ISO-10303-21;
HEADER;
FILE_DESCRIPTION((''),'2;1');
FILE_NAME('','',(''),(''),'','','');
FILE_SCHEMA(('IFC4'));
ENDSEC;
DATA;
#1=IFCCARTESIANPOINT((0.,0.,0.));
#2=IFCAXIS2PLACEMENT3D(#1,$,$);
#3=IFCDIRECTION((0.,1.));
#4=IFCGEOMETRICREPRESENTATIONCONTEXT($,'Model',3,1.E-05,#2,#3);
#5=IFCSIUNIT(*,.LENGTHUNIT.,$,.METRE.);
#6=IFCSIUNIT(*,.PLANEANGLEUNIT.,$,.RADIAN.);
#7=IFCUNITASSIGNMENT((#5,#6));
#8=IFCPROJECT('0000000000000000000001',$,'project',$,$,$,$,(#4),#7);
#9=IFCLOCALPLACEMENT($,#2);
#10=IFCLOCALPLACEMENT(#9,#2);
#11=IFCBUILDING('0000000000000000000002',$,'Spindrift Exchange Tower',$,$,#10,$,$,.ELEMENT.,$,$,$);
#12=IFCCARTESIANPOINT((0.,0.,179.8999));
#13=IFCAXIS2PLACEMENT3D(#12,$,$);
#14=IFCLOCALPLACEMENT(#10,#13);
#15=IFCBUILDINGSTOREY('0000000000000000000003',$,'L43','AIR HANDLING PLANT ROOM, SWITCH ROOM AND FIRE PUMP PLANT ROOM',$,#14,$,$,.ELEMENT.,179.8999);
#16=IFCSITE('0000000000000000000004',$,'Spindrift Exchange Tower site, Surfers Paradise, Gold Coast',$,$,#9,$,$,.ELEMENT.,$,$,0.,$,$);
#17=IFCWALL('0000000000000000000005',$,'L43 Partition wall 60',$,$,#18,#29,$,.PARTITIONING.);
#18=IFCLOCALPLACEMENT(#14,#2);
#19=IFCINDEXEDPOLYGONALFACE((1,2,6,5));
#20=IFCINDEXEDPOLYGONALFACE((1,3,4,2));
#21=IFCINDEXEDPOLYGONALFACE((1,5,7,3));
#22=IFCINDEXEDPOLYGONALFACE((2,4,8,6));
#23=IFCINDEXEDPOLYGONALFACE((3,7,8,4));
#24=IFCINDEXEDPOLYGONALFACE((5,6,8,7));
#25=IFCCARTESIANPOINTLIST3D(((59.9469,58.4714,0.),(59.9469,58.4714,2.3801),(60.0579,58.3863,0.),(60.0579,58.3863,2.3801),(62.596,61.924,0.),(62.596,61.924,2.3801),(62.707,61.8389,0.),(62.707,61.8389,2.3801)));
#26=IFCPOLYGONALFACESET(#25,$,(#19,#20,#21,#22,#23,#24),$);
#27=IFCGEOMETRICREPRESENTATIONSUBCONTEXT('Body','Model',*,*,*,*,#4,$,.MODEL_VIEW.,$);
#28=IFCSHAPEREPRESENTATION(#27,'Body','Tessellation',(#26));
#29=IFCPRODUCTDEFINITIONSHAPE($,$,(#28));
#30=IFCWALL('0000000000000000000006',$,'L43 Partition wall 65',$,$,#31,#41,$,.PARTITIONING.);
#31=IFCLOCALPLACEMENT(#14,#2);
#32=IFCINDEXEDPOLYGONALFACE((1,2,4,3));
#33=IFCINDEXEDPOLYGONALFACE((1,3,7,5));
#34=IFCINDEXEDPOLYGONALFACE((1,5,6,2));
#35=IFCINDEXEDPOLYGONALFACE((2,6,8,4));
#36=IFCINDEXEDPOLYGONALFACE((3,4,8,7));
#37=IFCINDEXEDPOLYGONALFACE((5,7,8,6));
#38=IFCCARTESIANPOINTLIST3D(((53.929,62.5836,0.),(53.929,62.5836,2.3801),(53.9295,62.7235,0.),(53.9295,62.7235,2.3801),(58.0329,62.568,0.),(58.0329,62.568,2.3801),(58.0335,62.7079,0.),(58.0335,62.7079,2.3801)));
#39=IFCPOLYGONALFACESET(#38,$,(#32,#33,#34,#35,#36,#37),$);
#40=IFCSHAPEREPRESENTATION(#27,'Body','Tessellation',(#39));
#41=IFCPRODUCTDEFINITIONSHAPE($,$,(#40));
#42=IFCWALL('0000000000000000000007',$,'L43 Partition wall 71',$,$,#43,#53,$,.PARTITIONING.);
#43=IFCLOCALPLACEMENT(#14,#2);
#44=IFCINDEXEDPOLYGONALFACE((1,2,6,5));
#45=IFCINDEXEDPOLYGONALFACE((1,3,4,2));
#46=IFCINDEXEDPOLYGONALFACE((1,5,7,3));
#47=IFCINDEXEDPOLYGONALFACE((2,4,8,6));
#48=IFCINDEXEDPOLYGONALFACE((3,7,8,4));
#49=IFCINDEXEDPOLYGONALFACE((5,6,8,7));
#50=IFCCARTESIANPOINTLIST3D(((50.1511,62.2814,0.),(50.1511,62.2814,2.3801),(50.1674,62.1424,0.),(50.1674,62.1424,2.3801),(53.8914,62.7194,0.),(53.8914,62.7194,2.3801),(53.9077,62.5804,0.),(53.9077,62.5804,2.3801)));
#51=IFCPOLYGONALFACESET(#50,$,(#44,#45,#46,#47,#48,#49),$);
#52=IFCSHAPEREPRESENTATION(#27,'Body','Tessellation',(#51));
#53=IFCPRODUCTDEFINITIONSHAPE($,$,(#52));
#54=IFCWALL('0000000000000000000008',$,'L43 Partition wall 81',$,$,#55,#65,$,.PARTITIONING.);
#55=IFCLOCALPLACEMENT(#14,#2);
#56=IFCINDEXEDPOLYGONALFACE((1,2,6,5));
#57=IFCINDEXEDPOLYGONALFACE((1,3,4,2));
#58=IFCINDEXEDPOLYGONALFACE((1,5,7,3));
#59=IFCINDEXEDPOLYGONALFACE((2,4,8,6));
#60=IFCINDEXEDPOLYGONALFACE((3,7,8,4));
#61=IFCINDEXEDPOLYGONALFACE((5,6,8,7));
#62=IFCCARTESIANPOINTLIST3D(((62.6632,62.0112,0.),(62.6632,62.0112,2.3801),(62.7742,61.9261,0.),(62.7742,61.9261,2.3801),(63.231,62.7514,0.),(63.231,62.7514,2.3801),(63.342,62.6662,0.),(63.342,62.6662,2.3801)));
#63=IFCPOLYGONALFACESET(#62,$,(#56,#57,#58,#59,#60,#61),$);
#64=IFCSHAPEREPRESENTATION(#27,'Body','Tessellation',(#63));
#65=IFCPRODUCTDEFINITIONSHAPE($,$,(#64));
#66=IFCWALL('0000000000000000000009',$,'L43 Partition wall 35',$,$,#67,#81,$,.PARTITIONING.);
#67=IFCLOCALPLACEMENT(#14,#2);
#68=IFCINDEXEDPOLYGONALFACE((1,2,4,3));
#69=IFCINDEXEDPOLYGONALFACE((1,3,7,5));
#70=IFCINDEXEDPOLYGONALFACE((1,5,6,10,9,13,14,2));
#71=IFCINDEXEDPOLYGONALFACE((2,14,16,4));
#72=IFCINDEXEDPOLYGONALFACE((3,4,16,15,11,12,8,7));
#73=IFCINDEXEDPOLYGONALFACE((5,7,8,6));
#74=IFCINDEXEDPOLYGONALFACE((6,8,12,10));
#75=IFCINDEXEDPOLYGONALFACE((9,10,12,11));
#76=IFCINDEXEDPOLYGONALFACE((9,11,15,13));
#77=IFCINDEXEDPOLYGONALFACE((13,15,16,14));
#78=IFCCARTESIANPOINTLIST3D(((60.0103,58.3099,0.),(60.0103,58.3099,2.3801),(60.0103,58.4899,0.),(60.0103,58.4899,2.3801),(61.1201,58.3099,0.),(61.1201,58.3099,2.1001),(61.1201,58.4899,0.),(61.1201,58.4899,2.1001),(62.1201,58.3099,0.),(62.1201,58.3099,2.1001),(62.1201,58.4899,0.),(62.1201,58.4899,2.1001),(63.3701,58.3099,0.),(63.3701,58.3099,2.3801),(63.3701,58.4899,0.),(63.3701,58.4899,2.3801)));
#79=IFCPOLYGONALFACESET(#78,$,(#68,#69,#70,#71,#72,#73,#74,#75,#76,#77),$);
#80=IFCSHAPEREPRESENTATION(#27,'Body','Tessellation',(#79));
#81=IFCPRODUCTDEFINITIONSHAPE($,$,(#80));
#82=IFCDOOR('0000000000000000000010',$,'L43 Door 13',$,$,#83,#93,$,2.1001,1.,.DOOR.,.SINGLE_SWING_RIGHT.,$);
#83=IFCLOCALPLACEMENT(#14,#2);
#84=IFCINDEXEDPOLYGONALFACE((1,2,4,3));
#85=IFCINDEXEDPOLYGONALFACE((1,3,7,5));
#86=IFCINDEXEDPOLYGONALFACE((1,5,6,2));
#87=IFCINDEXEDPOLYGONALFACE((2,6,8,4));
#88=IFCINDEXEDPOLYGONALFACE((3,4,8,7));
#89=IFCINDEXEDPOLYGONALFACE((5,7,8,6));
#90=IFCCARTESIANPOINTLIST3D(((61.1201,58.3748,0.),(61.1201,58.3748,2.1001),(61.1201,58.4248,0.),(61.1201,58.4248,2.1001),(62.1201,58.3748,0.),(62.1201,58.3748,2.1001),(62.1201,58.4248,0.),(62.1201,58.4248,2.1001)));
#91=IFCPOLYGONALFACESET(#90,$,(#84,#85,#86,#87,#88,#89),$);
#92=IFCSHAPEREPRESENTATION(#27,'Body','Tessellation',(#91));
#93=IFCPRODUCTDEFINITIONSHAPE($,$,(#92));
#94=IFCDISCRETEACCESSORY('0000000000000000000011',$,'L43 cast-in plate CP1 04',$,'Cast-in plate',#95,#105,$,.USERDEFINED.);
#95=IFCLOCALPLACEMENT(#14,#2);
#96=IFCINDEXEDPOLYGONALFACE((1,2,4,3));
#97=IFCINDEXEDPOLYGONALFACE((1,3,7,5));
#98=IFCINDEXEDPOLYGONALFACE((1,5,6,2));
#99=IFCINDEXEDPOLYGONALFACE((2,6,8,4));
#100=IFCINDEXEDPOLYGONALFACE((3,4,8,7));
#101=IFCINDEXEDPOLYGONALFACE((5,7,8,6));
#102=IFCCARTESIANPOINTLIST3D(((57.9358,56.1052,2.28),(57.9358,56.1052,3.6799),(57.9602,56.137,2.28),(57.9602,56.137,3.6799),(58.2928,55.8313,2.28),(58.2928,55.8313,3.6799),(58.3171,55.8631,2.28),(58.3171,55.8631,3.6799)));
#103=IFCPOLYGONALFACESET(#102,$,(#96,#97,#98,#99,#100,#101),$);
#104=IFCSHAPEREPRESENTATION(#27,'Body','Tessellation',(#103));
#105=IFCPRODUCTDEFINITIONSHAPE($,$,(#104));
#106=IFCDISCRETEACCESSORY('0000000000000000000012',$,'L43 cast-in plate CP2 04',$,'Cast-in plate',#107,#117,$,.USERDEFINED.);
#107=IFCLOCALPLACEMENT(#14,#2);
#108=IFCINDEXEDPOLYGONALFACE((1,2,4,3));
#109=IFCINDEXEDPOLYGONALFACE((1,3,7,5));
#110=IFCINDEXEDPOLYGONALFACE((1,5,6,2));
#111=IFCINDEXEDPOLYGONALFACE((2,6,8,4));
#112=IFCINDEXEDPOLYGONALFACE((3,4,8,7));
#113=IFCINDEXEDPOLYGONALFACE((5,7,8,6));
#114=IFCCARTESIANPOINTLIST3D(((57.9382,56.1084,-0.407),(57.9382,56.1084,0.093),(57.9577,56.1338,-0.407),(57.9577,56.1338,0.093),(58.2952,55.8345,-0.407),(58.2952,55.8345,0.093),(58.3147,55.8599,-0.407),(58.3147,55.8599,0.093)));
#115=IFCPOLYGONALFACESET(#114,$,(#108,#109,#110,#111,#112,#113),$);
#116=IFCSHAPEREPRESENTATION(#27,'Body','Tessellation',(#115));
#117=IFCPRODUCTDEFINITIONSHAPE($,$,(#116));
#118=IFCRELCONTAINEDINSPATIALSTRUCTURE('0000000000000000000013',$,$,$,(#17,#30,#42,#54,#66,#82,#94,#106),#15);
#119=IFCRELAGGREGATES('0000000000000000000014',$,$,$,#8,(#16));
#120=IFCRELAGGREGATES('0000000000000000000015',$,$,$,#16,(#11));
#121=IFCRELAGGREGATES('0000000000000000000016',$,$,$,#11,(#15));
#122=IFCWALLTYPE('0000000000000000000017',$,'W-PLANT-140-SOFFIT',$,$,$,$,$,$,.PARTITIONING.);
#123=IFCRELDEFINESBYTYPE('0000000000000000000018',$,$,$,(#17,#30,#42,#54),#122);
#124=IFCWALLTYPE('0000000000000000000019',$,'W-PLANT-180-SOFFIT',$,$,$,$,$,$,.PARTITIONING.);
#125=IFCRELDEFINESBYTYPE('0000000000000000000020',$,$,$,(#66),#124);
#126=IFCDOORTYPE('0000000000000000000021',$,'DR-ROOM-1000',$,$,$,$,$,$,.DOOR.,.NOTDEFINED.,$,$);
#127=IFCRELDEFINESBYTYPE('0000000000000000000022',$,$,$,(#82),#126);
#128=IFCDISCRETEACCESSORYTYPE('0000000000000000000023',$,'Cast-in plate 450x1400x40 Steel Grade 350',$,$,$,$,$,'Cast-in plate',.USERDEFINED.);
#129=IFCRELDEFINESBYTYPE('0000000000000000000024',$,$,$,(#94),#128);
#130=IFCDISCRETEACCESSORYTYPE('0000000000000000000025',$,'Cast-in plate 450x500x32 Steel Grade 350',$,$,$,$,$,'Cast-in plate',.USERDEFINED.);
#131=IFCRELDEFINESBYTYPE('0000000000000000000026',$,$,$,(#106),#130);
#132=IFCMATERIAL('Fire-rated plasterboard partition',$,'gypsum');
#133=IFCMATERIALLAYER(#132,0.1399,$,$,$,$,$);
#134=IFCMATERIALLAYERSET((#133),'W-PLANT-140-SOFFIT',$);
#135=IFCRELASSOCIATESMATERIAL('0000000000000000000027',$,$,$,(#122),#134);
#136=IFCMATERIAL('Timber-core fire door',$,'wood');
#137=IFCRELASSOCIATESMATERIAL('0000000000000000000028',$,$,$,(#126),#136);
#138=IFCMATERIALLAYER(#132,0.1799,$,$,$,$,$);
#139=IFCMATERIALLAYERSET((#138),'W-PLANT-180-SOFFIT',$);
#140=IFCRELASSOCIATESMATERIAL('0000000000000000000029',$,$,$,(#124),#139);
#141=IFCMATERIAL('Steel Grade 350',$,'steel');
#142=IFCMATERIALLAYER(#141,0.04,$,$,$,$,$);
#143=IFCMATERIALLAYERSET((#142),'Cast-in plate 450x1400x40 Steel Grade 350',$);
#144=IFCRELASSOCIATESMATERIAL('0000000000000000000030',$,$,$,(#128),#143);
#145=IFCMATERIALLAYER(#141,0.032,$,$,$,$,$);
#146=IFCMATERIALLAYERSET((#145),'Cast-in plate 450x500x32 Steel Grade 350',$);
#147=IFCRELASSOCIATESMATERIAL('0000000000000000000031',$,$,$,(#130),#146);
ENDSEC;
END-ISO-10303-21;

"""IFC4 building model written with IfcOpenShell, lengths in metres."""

from ifc_helpers import new_model, si_unit, direction, frame, frame_2d, origin, origin_2d, place, context, subcontext, project, spatial, rectangle, extrude, source, transform, mapped, material, layer, layer_set, type_object, element, fill, save


model = new_model("IFC4")

# Units and contexts
model_context = context("Model", 3, precision=1e-05, world=origin(), true_north=direction((0.0, 1.0)))
body_context = subcontext(model_context, "Body", "Model", "MODEL_VIEW")
ifc_project = project(units=[si_unit("LENGTHUNIT", "METRE"), si_unit("PLANEANGLEUNIT", "RADIAN")], contexts=[model_context])

# Site, building, storey
site_placement = place(None, origin())
site = spatial("IfcSite", under=ifc_project, at=site_placement, Name="Spindrift Exchange Tower site, Surfers Paradise, Gold Coast", CompositionType="ELEMENT", RefElevation=0.0)
building_placement = place(site_placement, origin())
building = spatial("IfcBuilding", under=site, at=building_placement, Name="Spindrift Exchange Tower", CompositionType="ELEMENT")
storey_placement = place(building_placement, frame((0.0, 0.0, 179.8999)))
storey = spatial("IfcBuildingStorey", under=building, at=storey_placement, Name="L43", Description="AIR HANDLING PLANT ROOM, SWITCH ROOM AND FIRE PUMP PLANT ROOM", CompositionType="ELEMENT", Elevation=179.8999)

# Shared definitions
ifc_material_1 = material(Name="Fire-rated plasterboard partition", Category="gypsum")

# Shared definitions
ifc_layer_1 = layer(ifc_material_1, 0.1399)
ifc_layer_set_1 = layer_set([ifc_layer_1], Name="W-PLANT-140-SOFFIT")
wall_type_1 = type_object("IfcWallType", Name="W-PLANT-140-SOFFIT", PredefinedType="PARTITIONING", material=ifc_layer_set_1)

# Shared definitions
ifc_material_2 = material(Name="Timber-core fire door", Category="wood")
door_type_1 = type_object("IfcDoorType", Name="DR-ROOM-1000", OperationType="NOTDEFINED", PredefinedType="DOOR", material=ifc_material_2)
shared_shape_1 = source(origin(), body_context, "Body", "SweptSolid", [
    extrude(rectangle(XDim=1.0, YDim=2.1001, at=frame_2d((0.5, 1.05))), frame((0.0, 0.0249, 0.0), z_axis=(0.0, -1.0, 0.0), x_axis=(1.0, 0.0, 0.0)), (0.0, 0.0, 1.0), 0.05),
])

# Walls
wall_1_placement = place(storey_placement, frame((60.0024, 58.429, 0.0), z_axis=(0.0, 0.0, 1.0), x_axis=(0.608742, 0.793368, 0.0)))
element("IfcWall", 1, at=wall_1_placement, inside=storey, type_object=wall_type_1, Name="L43 Partition wall 60", PredefinedType="PARTITIONING", context=body_context, shape_type="SweptSolid", body=[
    extrude(rectangle(XDim=4.3518, YDim=0.1399, at=frame_2d((2.1758, 0.0))), origin(), (0.0, 0.0, 1.0), 2.3801),
])
wall_2_placement = place(storey_placement, frame((58.0332, 62.6379, 0.0), z_axis=(0.0, 0.0, 1.0), x_axis=(-0.999993, 0.003807, 0.0)))
element("IfcWall", 2, at=wall_2_placement, inside=storey, type_object=wall_type_1, Name="L43 Partition wall 65", PredefinedType="PARTITIONING", context=body_context, shape_type="SweptSolid", body=[
    extrude(rectangle(XDim=4.104, YDim=0.1399, at=frame_2d((2.052, 0.0))), origin(), (0.0, 0.0, 1.0), 2.3801),
])
wall_3_placement = place(storey_placement, frame((53.8994, 62.6499, 0.0), z_axis=(0.0, 0.0, 1.0), x_axis=(-0.993213, -0.116307, 0.0)))
element("IfcWall", 3, at=wall_3_placement, inside=storey, type_object=wall_type_1, Name="L43 Partition wall 71", PredefinedType="PARTITIONING", context=body_context, shape_type="SweptSolid", body=[
    extrude(rectangle(XDim=3.7659, YDim=0.1399, at=frame_2d((1.8828, 0.0))), origin(), (0.0, 0.0, 1.0), 2.3801),
])
wall_4_placement = place(storey_placement, frame((62.7188, 61.9688, 0.0), z_axis=(0.0, 0.0, 1.0), x_axis=(0.608673, 0.793421, 0.0)))
element("IfcWall", 4, at=wall_4_placement, inside=storey, type_object=wall_type_1, Name="L43 Partition wall 81", PredefinedType="PARTITIONING", context=body_context, shape_type="SweptSolid", body=[
    extrude(rectangle(XDim=0.9329, YDim=0.1399, at=frame_2d((0.4663, 0.0))), origin(), (0.0, 0.0, 1.0), 2.3801),
])

# Wall, opening, door
ifc_layer_2 = layer(ifc_material_1, 0.1799)
ifc_layer_set_2 = layer_set([ifc_layer_2], Name="W-PLANT-180-SOFFIT")
wall_type_2 = type_object("IfcWallType", Name="W-PLANT-180-SOFFIT", PredefinedType="PARTITIONING", material=ifc_layer_set_2)
wall_5_placement = place(storey_placement, frame((60.0103, 58.3999, 0.0), z_axis=(0.0, 0.0, 1.0), x_axis=(1.0, 0.0, 0.0)))
wall_5 = element("IfcWall", 5, at=wall_5_placement, inside=storey, type_object=wall_type_2, Name="L43 Partition wall 35", PredefinedType="PARTITIONING", context=body_context, shape_type="SweptSolid", body=[
    extrude(rectangle(XDim=3.3599, YDim=0.1799, at=frame_2d((1.6799, 0.0))), origin(), (0.0, 0.0, 1.0), 2.3801),
])
opening_1_placement = place(wall_5_placement, frame((1.1099, 0.0, 0.0)))
opening_1 = element("IfcOpeningElement", 6, at=opening_1_placement, cuts=wall_5, PredefinedType="OPENING", context=body_context, shape_type="SweptSolid", body=[
    extrude(rectangle(XDim=1.0, YDim=2.1001, at=frame_2d((0.5, 1.05))), frame((0.0, 0.0999, 0.0), z_axis=(0.0, -1.0, 0.0), x_axis=(1.0, 0.0, 0.0)), (0.0, 0.0, 1.0), 0.2),
])
door_1_placement = place(opening_1_placement, origin())
door_1 = element("IfcDoor", 7, at=door_1_placement, inside=storey, type_object=door_type_1, Name="L43 Door 13", OperationType="SINGLE_SWING_RIGHT", OverallHeight=2.1001, OverallWidth=1.0, PredefinedType="DOOR", context=body_context, shape_type="MappedRepresentation", body=[
    mapped(shared_shape_1, transform((0.0, 0.0, 0.0), scale=1.0)),
])
fill(opening_1, door_1)

# Discrete accessories
ifc_material_3 = material(Name="Steel Grade 350", Category="steel")
ifc_layer_3 = layer(ifc_material_3, 0.04)
ifc_layer_set_3 = layer_set([ifc_layer_3], Name="Cast-in plate 450x1400x40 Steel Grade 350")
discrete_accessory_type_1 = type_object("IfcDiscreteAccessoryType", Name="Cast-in plate 450x1400x40 Steel Grade 350", ElementType="Cast-in plate", PredefinedType="USERDEFINED", material=ifc_layer_set_3)
shared_shape_2 = source(origin(), body_context, "Body", "SweptSolid", [
    extrude(rectangle(XDim=0.04, YDim=0.45, at=origin_2d()), origin(), (0.0, 0.0, 1.0), 1.3999),
])
discrete_accessory_1_placement = place(storey_placement, frame((58.1265, 55.9841, 2.28), z_axis=(0.0, 0.0, 1.0), x_axis=(0.608761, 0.793353, 0.0)))
element("IfcDiscreteAccessory", 8, at=discrete_accessory_1_placement, inside=storey, type_object=discrete_accessory_type_1, Name="L43 cast-in plate CP1 04", ObjectType="Cast-in plate", PredefinedType="USERDEFINED", context=body_context, shape_type="MappedRepresentation", body=[
    mapped(shared_shape_2, transform((0.0, 0.0, 0.0), scale=1.0)),
])
ifc_layer_4 = layer(ifc_material_3, 0.032)
ifc_layer_set_4 = layer_set([ifc_layer_4], Name="Cast-in plate 450x500x32 Steel Grade 350")
discrete_accessory_type_2 = type_object("IfcDiscreteAccessoryType", Name="Cast-in plate 450x500x32 Steel Grade 350", ElementType="Cast-in plate", PredefinedType="USERDEFINED", material=ifc_layer_set_4)
shared_shape_3 = source(origin(), body_context, "Body", "SweptSolid", [
    extrude(rectangle(XDim=0.032, YDim=0.45, at=origin_2d()), origin(), (0.0, 0.0, 1.0), 0.5),
])
discrete_accessory_2_placement = place(storey_placement, frame((58.1265, 55.9841, -0.407), z_axis=(0.0, 0.0, 1.0), x_axis=(0.608761, 0.793353, 0.0)))
element("IfcDiscreteAccessory", 9, at=discrete_accessory_2_placement, inside=storey, type_object=discrete_accessory_type_2, Name="L43 cast-in plate CP2 04", ObjectType="Cast-in plate", PredefinedType="USERDEFINED", context=body_context, shape_type="MappedRepresentation", body=[
    mapped(shared_shape_3, transform((0.0, 0.0, 0.0), scale=1.0)),
])

save(model, "model.ifc")
